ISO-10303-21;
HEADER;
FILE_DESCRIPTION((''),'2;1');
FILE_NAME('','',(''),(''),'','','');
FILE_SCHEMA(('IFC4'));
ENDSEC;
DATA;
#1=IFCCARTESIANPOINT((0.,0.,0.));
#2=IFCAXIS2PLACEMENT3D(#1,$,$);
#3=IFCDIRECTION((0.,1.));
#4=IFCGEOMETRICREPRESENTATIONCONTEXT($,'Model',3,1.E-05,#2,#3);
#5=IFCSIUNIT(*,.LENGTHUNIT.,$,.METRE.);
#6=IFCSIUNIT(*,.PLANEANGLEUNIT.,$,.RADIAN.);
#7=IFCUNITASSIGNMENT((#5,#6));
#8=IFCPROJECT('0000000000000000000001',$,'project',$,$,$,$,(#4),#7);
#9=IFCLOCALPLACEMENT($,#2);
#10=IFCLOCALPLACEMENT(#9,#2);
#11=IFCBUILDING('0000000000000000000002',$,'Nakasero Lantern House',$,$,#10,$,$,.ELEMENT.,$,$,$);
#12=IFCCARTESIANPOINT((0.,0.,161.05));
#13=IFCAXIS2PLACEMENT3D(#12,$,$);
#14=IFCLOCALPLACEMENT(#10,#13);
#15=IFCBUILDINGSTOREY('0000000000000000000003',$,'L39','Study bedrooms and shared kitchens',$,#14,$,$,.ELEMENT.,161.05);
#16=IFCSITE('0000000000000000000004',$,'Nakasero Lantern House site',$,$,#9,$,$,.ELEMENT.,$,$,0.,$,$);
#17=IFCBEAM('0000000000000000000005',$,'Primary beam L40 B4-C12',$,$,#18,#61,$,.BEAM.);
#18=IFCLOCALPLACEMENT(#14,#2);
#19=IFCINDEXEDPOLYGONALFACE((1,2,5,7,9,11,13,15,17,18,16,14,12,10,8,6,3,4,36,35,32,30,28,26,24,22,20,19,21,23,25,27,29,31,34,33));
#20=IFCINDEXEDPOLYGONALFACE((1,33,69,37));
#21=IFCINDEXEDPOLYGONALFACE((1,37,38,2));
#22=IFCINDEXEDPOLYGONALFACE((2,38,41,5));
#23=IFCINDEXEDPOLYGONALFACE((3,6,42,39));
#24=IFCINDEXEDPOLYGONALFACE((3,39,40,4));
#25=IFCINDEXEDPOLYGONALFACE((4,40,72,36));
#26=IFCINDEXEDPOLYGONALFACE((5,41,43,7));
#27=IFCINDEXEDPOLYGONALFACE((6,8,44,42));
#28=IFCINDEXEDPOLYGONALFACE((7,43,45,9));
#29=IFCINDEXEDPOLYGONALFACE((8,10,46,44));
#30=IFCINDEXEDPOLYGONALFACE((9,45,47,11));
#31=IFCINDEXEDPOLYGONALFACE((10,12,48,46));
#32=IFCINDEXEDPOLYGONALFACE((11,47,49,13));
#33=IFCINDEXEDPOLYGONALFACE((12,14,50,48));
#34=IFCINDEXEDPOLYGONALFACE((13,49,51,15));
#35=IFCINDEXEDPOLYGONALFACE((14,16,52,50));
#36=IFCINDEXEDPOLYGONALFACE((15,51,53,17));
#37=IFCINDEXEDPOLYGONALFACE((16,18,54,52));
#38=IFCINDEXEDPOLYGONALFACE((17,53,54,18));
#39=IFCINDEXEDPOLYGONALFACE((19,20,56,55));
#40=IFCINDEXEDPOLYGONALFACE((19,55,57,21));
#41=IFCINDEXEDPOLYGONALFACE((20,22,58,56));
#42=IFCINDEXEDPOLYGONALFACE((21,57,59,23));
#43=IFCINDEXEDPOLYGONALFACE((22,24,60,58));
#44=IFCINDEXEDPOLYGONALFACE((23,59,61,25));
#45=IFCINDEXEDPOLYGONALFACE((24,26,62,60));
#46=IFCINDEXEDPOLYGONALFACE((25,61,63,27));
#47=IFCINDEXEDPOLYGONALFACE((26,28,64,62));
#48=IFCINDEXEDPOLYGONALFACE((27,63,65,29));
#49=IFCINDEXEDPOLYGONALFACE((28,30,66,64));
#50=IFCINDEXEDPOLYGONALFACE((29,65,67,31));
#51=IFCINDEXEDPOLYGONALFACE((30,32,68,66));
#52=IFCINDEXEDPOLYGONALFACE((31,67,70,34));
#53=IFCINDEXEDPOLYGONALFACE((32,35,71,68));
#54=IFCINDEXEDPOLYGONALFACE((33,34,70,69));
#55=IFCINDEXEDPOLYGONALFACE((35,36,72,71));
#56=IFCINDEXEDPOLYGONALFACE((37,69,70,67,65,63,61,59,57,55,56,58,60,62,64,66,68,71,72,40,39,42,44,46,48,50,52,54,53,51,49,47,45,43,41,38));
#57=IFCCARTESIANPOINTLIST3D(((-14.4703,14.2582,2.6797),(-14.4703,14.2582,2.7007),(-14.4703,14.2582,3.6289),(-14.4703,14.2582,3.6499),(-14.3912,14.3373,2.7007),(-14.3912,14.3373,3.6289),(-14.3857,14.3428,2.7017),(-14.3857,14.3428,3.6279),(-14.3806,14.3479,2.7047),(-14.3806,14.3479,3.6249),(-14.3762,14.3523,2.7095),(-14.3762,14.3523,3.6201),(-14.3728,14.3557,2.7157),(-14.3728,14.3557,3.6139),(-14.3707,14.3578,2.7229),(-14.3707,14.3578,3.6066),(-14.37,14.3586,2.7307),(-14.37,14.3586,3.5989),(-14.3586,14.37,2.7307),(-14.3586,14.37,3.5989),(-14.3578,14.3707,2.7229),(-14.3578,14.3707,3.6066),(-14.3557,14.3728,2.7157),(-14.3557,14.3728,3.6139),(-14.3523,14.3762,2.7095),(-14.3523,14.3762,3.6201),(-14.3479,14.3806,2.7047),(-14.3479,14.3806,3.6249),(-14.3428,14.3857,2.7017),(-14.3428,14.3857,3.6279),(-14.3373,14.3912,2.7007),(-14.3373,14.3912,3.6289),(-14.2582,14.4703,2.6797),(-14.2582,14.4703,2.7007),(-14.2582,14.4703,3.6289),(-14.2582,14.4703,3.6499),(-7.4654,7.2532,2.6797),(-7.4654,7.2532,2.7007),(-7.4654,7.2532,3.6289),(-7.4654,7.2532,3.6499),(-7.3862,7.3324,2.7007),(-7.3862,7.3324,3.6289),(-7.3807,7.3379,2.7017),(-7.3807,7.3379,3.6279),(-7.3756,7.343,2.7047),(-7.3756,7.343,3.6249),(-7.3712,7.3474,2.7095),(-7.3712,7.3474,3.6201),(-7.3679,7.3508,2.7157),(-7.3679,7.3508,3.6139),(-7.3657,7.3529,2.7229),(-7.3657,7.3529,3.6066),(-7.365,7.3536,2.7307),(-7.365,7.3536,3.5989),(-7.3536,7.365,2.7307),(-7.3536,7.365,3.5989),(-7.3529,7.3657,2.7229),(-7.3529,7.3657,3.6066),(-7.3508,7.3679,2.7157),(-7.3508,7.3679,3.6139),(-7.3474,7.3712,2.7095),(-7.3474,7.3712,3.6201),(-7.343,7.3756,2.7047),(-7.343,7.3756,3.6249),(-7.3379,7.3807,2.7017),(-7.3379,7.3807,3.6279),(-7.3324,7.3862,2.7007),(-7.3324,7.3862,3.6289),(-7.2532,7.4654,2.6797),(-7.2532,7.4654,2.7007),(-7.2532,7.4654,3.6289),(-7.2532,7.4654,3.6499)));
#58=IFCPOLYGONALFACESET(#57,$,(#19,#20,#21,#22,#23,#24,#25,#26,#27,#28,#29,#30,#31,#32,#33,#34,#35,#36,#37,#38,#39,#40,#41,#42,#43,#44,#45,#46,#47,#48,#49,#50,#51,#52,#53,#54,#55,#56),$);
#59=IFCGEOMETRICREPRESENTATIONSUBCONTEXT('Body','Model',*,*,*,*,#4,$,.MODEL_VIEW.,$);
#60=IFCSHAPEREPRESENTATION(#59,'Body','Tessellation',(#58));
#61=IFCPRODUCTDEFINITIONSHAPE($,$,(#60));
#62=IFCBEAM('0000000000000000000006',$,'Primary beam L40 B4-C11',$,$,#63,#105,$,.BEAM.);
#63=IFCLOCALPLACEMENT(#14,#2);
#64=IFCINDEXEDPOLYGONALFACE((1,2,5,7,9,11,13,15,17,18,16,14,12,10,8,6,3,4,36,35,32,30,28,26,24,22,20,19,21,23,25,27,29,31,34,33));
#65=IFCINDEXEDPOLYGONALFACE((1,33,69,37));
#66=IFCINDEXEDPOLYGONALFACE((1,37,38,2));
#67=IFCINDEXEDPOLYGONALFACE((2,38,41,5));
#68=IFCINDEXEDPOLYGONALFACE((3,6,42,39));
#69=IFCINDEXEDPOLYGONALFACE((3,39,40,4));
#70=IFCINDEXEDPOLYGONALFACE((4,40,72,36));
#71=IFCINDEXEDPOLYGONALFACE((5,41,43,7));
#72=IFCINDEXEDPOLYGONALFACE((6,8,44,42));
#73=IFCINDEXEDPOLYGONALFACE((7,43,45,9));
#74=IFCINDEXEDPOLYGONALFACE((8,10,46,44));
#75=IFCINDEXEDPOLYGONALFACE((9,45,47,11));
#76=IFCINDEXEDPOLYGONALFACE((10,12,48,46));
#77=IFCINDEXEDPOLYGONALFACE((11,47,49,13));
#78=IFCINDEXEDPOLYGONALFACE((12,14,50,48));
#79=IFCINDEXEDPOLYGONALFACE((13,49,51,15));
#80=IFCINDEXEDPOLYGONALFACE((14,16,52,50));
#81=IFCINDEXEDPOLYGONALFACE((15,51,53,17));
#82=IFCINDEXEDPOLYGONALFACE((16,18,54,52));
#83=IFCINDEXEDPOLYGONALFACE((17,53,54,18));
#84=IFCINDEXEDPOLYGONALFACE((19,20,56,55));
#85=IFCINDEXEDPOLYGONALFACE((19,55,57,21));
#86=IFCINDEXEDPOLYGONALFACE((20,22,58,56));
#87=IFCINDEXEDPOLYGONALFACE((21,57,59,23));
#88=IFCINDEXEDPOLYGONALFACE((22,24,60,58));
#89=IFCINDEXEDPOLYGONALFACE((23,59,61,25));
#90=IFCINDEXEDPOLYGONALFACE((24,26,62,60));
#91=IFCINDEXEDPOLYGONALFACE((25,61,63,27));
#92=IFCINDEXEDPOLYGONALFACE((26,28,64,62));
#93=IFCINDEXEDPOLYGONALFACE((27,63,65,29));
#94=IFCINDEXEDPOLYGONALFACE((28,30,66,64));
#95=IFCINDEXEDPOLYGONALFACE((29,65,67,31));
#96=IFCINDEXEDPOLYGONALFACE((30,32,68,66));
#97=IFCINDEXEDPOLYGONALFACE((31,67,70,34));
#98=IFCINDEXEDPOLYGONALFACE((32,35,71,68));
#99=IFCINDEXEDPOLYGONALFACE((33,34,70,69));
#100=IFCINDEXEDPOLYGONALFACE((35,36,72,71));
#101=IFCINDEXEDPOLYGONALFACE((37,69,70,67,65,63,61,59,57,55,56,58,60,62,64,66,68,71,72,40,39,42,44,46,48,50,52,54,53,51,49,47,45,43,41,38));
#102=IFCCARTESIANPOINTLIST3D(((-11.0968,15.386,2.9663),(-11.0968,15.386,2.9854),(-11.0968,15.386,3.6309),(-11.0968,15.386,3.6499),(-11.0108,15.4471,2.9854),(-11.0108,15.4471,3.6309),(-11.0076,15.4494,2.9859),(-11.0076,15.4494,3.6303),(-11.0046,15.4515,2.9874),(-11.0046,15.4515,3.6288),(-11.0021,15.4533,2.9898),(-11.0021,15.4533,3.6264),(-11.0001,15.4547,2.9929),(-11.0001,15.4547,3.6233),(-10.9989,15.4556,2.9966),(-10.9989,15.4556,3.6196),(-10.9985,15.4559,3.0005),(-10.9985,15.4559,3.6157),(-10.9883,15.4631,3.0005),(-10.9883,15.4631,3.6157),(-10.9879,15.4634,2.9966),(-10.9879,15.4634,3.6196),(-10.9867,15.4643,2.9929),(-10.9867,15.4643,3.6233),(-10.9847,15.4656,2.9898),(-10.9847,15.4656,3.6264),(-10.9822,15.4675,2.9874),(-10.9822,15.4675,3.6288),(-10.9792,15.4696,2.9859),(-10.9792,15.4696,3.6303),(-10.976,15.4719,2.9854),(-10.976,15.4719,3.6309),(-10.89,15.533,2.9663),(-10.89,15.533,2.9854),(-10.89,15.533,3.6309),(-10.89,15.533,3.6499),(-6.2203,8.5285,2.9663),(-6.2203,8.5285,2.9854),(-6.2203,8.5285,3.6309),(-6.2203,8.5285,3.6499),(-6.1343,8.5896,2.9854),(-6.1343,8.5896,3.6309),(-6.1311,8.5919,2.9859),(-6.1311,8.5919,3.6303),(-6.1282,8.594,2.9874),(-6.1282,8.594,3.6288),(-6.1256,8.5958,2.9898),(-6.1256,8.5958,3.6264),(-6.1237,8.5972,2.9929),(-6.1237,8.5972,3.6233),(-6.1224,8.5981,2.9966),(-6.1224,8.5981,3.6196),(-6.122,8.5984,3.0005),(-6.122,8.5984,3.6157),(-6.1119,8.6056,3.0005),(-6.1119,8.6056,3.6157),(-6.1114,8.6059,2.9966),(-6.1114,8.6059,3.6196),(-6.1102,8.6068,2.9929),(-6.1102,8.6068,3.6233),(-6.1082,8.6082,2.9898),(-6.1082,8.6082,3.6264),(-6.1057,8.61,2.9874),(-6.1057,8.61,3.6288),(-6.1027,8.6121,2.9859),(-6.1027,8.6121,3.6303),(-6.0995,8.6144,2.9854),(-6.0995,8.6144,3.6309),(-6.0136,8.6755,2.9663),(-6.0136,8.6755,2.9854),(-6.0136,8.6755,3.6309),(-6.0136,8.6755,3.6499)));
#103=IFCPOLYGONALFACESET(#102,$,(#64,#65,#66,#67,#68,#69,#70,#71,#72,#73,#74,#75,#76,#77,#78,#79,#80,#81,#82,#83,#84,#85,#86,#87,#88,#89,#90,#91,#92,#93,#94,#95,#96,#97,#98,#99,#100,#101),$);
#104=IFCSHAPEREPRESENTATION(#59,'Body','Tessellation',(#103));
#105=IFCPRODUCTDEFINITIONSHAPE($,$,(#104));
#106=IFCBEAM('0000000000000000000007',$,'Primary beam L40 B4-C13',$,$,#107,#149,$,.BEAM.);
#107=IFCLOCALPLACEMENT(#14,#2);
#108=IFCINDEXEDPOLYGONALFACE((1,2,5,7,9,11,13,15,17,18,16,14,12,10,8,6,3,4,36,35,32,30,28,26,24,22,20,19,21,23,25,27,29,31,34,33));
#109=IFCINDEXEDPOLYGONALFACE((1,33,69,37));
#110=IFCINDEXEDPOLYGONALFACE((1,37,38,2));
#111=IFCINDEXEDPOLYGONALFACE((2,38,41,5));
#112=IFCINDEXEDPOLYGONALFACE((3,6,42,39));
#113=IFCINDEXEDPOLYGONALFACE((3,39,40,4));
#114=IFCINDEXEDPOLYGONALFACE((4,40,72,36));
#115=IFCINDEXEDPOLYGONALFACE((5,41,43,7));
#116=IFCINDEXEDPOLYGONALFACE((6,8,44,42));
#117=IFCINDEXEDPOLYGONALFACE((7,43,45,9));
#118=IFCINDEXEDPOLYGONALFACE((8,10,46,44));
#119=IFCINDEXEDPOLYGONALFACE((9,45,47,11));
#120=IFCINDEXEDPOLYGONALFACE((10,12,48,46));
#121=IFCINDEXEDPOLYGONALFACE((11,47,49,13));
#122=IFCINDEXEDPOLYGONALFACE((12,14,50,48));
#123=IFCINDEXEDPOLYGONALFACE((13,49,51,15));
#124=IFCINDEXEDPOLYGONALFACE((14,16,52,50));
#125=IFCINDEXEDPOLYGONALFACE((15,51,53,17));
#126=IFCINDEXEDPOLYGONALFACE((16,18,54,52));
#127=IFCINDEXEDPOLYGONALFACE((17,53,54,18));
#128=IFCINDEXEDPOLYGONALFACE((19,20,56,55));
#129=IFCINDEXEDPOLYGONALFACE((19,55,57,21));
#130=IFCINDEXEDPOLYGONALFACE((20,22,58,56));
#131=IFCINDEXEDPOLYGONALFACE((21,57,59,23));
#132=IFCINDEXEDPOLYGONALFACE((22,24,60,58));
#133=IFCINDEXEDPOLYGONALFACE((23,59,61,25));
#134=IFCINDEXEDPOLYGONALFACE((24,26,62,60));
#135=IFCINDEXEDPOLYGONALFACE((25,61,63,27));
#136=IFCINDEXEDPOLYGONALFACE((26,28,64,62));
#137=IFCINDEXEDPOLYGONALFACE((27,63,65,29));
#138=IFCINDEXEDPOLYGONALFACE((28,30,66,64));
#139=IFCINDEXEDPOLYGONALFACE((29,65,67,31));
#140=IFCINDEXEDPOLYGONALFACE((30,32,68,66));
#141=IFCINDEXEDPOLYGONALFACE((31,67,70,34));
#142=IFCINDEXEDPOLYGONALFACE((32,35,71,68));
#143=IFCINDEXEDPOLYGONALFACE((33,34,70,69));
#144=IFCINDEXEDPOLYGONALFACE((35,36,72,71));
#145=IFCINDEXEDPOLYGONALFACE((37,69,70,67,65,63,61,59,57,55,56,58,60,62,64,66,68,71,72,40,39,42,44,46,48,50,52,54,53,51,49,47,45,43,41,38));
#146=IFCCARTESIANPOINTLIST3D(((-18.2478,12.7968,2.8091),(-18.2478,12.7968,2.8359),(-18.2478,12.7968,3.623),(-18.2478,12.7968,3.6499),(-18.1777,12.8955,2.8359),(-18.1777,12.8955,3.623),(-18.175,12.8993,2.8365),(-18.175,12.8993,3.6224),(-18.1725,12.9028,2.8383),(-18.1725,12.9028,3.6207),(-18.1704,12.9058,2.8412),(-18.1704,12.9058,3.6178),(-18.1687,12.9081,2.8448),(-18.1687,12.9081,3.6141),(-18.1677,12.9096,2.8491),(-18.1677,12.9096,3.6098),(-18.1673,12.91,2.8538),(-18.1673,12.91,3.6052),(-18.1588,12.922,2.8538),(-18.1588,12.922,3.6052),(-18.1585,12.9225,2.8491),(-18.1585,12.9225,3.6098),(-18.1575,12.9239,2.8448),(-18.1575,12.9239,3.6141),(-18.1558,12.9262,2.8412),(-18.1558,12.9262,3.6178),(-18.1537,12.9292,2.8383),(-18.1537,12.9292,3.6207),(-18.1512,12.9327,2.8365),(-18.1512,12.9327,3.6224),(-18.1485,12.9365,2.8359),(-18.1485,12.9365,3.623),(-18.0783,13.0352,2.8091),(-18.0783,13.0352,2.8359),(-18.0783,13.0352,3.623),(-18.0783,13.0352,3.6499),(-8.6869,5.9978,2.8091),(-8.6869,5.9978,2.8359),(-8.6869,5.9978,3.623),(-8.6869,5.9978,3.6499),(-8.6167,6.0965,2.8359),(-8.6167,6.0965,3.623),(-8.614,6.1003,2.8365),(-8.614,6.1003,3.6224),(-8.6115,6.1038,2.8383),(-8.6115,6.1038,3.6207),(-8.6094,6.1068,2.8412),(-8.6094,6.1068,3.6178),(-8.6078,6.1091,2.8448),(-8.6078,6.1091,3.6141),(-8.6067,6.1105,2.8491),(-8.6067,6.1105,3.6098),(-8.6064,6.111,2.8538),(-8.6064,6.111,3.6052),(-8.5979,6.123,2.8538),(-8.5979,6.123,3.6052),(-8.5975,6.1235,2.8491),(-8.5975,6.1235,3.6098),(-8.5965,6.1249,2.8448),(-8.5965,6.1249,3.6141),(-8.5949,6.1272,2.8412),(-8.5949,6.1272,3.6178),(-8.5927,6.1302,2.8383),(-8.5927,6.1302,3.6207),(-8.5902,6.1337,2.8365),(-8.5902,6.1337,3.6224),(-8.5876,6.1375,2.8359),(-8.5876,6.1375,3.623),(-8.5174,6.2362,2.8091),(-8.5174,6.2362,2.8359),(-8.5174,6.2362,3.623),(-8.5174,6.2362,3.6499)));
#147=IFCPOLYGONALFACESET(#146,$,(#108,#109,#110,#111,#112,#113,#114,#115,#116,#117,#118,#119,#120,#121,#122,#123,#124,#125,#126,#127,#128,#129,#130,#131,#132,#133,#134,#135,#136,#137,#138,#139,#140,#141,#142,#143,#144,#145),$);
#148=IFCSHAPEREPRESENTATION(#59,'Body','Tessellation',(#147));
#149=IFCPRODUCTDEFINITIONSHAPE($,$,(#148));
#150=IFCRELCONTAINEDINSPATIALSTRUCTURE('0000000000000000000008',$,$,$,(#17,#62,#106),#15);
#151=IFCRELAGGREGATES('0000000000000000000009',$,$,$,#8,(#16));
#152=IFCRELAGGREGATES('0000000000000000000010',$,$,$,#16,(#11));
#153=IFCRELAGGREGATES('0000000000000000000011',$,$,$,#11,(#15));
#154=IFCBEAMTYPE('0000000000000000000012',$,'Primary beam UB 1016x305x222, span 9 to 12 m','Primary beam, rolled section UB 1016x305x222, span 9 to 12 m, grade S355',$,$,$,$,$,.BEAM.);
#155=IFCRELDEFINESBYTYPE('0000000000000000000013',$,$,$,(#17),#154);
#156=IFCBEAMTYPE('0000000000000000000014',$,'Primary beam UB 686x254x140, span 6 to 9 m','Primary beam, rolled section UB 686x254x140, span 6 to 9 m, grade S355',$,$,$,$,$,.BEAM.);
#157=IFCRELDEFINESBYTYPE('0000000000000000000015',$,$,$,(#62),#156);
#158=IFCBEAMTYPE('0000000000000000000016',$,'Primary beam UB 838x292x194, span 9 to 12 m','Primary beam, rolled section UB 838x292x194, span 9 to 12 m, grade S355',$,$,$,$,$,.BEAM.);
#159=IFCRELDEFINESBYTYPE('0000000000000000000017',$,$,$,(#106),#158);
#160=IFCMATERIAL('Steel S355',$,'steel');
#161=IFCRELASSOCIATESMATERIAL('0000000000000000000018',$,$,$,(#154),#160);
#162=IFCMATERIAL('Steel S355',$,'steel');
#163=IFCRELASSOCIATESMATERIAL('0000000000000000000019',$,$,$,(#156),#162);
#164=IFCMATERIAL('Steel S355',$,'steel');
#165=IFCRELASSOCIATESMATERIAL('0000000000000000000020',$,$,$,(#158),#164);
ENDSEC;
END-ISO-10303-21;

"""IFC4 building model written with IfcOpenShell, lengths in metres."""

from ifc_helpers import new_model, si_unit, direction, frame, origin, origin_2d, place, context, subcontext, project, spatial, i_section, extrude, material, material_profile, profile_set, type_object, element, save


model = new_model("IFC4")

# Units and contexts
model_context = context("Model", 3, precision=1e-05, world=origin(), true_north=direction((0.0, 1.0)))
body_context = subcontext(model_context, "Body", "Model", "MODEL_VIEW")
ifc_project = project(units=[si_unit("LENGTHUNIT", "METRE"), si_unit("PLANEANGLEUNIT", "RADIAN")], contexts=[model_context])

# Site, building, storey
site_placement = place(None, origin())
site = spatial("IfcSite", under=ifc_project, at=site_placement, Name="Nakasero Lantern House site", CompositionType="ELEMENT", RefElevation=0.0)
building_placement = place(site_placement, origin())
building = spatial("IfcBuilding", under=site, at=building_placement, Name="Nakasero Lantern House", CompositionType="ELEMENT")
storey_placement = place(building_placement, frame((0.0, 0.0, 161.05)))
storey = spatial("IfcBuildingStorey", under=building, at=storey_placement, Name="L39", Description="Study bedrooms and shared kitchens", CompositionType="ELEMENT", Elevation=161.05)

# Beams
ifc_material_1 = material(Name="Steel S355", Category="steel")
ifc_material_profile_1 = material_profile(ifc_material_1, i_section(OverallWidth=0.3, OverallDepth=0.9702, WebThickness=0.0161, FlangeThickness=0.021, FilletRadius=0.03, at=origin_2d()), Name="UB 1016x305x222")
ifc_profile_set_1 = profile_set([ifc_material_profile_1], Name="Steel S355")
beam_type_1 = type_object("IfcBeamType", Name="Primary beam UB 1016x305x222, span 9 to 12 m", Description="Primary beam, rolled section UB 1016x305x222, span 9 to 12 m, grade S355", PredefinedType="BEAM", material=ifc_profile_set_1)
beam_1_placement = place(storey_placement, frame((-14.3643, 14.3643, 3.1648), z_axis=(0.707107, -0.707107, 0.0), x_axis=(0.707107, 0.707107, 0.0)))
element("IfcBeam", 1, at=beam_1_placement, inside=storey, type_object=beam_type_1, Name="Primary beam L40 B4-C12", PredefinedType="BEAM", context=body_context, shape_type="SweptSolid", body=[
    extrude(i_section(OverallWidth=0.3, OverallDepth=0.9702, WebThickness=0.0161, FlangeThickness=0.021, FilletRadius=0.03, at=origin_2d()), origin(), (0.0, 0.0, 1.0), 9.9065),
])
ifc_material_2 = material(Name="Steel S355", Category="steel")
ifc_material_profile_2 = material_profile(ifc_material_2, i_section(OverallWidth=0.2537, OverallDepth=0.6836, WebThickness=0.0125, FlangeThickness=0.019, FilletRadius=0.0151, at=origin_2d()), Name="UB 686x254x140")
ifc_profile_set_2 = profile_set([ifc_material_profile_2], Name="Steel S355")
beam_type_2 = type_object("IfcBeamType", Name="Primary beam UB 686x254x140, span 6 to 9 m", Description="Primary beam, rolled section UB 686x254x140, span 6 to 9 m, grade S355", PredefinedType="BEAM", material=ifc_profile_set_2)
beam_2_placement = place(storey_placement, frame((-10.9934, 15.4595, 3.3081), z_axis=(0.57953, -0.814951, 0.0), x_axis=(0.814951, 0.57953, 0.0)))
element("IfcBeam", 2, at=beam_2_placement, inside=storey, type_object=beam_type_2, Name="Primary beam L40 B4-C11", PredefinedType="BEAM", context=body_context, shape_type="SweptSolid", body=[
    extrude(i_section(OverallWidth=0.2537, OverallDepth=0.6836, WebThickness=0.0125, FlangeThickness=0.019, FilletRadius=0.0151, at=origin_2d()), origin(), (0.0, 0.0, 1.0), 8.4146),
])
ifc_material_3 = material(Name="Steel S355", Category="steel")
ifc_material_profile_3 = material_profile(ifc_material_3, i_section(OverallWidth=0.2925, OverallDepth=0.8408, WebThickness=0.0146, FlangeThickness=0.0269, FilletRadius=0.0178, at=origin_2d()), Name="UB 838x292x194")
ifc_profile_set_3 = profile_set([ifc_material_profile_3], Name="Steel S355")
beam_type_3 = type_object("IfcBeamType", Name="Primary beam UB 838x292x194, span 9 to 12 m", Description="Primary beam, rolled section UB 838x292x194, span 9 to 12 m, grade S355", PredefinedType="BEAM", material=ifc_profile_set_3)
beam_3_placement = place(storey_placement, frame((-18.1631, 12.916, 3.2295), z_axis=(0.814951, -0.57953, 0.0), x_axis=(0.57953, 0.814951, 0.0)))
element("IfcBeam", 3, at=beam_3_placement, inside=storey, type_object=beam_type_3, Name="Primary beam L40 B4-C13", PredefinedType="BEAM", context=body_context, shape_type="SweptSolid", body=[
    extrude(i_section(OverallWidth=0.2925, OverallDepth=0.8408, WebThickness=0.0146, FlangeThickness=0.0269, FilletRadius=0.0178, at=origin_2d()), origin(), (0.0, 0.0, 1.0), 11.7319),
])

save(model, "model.ifc")
